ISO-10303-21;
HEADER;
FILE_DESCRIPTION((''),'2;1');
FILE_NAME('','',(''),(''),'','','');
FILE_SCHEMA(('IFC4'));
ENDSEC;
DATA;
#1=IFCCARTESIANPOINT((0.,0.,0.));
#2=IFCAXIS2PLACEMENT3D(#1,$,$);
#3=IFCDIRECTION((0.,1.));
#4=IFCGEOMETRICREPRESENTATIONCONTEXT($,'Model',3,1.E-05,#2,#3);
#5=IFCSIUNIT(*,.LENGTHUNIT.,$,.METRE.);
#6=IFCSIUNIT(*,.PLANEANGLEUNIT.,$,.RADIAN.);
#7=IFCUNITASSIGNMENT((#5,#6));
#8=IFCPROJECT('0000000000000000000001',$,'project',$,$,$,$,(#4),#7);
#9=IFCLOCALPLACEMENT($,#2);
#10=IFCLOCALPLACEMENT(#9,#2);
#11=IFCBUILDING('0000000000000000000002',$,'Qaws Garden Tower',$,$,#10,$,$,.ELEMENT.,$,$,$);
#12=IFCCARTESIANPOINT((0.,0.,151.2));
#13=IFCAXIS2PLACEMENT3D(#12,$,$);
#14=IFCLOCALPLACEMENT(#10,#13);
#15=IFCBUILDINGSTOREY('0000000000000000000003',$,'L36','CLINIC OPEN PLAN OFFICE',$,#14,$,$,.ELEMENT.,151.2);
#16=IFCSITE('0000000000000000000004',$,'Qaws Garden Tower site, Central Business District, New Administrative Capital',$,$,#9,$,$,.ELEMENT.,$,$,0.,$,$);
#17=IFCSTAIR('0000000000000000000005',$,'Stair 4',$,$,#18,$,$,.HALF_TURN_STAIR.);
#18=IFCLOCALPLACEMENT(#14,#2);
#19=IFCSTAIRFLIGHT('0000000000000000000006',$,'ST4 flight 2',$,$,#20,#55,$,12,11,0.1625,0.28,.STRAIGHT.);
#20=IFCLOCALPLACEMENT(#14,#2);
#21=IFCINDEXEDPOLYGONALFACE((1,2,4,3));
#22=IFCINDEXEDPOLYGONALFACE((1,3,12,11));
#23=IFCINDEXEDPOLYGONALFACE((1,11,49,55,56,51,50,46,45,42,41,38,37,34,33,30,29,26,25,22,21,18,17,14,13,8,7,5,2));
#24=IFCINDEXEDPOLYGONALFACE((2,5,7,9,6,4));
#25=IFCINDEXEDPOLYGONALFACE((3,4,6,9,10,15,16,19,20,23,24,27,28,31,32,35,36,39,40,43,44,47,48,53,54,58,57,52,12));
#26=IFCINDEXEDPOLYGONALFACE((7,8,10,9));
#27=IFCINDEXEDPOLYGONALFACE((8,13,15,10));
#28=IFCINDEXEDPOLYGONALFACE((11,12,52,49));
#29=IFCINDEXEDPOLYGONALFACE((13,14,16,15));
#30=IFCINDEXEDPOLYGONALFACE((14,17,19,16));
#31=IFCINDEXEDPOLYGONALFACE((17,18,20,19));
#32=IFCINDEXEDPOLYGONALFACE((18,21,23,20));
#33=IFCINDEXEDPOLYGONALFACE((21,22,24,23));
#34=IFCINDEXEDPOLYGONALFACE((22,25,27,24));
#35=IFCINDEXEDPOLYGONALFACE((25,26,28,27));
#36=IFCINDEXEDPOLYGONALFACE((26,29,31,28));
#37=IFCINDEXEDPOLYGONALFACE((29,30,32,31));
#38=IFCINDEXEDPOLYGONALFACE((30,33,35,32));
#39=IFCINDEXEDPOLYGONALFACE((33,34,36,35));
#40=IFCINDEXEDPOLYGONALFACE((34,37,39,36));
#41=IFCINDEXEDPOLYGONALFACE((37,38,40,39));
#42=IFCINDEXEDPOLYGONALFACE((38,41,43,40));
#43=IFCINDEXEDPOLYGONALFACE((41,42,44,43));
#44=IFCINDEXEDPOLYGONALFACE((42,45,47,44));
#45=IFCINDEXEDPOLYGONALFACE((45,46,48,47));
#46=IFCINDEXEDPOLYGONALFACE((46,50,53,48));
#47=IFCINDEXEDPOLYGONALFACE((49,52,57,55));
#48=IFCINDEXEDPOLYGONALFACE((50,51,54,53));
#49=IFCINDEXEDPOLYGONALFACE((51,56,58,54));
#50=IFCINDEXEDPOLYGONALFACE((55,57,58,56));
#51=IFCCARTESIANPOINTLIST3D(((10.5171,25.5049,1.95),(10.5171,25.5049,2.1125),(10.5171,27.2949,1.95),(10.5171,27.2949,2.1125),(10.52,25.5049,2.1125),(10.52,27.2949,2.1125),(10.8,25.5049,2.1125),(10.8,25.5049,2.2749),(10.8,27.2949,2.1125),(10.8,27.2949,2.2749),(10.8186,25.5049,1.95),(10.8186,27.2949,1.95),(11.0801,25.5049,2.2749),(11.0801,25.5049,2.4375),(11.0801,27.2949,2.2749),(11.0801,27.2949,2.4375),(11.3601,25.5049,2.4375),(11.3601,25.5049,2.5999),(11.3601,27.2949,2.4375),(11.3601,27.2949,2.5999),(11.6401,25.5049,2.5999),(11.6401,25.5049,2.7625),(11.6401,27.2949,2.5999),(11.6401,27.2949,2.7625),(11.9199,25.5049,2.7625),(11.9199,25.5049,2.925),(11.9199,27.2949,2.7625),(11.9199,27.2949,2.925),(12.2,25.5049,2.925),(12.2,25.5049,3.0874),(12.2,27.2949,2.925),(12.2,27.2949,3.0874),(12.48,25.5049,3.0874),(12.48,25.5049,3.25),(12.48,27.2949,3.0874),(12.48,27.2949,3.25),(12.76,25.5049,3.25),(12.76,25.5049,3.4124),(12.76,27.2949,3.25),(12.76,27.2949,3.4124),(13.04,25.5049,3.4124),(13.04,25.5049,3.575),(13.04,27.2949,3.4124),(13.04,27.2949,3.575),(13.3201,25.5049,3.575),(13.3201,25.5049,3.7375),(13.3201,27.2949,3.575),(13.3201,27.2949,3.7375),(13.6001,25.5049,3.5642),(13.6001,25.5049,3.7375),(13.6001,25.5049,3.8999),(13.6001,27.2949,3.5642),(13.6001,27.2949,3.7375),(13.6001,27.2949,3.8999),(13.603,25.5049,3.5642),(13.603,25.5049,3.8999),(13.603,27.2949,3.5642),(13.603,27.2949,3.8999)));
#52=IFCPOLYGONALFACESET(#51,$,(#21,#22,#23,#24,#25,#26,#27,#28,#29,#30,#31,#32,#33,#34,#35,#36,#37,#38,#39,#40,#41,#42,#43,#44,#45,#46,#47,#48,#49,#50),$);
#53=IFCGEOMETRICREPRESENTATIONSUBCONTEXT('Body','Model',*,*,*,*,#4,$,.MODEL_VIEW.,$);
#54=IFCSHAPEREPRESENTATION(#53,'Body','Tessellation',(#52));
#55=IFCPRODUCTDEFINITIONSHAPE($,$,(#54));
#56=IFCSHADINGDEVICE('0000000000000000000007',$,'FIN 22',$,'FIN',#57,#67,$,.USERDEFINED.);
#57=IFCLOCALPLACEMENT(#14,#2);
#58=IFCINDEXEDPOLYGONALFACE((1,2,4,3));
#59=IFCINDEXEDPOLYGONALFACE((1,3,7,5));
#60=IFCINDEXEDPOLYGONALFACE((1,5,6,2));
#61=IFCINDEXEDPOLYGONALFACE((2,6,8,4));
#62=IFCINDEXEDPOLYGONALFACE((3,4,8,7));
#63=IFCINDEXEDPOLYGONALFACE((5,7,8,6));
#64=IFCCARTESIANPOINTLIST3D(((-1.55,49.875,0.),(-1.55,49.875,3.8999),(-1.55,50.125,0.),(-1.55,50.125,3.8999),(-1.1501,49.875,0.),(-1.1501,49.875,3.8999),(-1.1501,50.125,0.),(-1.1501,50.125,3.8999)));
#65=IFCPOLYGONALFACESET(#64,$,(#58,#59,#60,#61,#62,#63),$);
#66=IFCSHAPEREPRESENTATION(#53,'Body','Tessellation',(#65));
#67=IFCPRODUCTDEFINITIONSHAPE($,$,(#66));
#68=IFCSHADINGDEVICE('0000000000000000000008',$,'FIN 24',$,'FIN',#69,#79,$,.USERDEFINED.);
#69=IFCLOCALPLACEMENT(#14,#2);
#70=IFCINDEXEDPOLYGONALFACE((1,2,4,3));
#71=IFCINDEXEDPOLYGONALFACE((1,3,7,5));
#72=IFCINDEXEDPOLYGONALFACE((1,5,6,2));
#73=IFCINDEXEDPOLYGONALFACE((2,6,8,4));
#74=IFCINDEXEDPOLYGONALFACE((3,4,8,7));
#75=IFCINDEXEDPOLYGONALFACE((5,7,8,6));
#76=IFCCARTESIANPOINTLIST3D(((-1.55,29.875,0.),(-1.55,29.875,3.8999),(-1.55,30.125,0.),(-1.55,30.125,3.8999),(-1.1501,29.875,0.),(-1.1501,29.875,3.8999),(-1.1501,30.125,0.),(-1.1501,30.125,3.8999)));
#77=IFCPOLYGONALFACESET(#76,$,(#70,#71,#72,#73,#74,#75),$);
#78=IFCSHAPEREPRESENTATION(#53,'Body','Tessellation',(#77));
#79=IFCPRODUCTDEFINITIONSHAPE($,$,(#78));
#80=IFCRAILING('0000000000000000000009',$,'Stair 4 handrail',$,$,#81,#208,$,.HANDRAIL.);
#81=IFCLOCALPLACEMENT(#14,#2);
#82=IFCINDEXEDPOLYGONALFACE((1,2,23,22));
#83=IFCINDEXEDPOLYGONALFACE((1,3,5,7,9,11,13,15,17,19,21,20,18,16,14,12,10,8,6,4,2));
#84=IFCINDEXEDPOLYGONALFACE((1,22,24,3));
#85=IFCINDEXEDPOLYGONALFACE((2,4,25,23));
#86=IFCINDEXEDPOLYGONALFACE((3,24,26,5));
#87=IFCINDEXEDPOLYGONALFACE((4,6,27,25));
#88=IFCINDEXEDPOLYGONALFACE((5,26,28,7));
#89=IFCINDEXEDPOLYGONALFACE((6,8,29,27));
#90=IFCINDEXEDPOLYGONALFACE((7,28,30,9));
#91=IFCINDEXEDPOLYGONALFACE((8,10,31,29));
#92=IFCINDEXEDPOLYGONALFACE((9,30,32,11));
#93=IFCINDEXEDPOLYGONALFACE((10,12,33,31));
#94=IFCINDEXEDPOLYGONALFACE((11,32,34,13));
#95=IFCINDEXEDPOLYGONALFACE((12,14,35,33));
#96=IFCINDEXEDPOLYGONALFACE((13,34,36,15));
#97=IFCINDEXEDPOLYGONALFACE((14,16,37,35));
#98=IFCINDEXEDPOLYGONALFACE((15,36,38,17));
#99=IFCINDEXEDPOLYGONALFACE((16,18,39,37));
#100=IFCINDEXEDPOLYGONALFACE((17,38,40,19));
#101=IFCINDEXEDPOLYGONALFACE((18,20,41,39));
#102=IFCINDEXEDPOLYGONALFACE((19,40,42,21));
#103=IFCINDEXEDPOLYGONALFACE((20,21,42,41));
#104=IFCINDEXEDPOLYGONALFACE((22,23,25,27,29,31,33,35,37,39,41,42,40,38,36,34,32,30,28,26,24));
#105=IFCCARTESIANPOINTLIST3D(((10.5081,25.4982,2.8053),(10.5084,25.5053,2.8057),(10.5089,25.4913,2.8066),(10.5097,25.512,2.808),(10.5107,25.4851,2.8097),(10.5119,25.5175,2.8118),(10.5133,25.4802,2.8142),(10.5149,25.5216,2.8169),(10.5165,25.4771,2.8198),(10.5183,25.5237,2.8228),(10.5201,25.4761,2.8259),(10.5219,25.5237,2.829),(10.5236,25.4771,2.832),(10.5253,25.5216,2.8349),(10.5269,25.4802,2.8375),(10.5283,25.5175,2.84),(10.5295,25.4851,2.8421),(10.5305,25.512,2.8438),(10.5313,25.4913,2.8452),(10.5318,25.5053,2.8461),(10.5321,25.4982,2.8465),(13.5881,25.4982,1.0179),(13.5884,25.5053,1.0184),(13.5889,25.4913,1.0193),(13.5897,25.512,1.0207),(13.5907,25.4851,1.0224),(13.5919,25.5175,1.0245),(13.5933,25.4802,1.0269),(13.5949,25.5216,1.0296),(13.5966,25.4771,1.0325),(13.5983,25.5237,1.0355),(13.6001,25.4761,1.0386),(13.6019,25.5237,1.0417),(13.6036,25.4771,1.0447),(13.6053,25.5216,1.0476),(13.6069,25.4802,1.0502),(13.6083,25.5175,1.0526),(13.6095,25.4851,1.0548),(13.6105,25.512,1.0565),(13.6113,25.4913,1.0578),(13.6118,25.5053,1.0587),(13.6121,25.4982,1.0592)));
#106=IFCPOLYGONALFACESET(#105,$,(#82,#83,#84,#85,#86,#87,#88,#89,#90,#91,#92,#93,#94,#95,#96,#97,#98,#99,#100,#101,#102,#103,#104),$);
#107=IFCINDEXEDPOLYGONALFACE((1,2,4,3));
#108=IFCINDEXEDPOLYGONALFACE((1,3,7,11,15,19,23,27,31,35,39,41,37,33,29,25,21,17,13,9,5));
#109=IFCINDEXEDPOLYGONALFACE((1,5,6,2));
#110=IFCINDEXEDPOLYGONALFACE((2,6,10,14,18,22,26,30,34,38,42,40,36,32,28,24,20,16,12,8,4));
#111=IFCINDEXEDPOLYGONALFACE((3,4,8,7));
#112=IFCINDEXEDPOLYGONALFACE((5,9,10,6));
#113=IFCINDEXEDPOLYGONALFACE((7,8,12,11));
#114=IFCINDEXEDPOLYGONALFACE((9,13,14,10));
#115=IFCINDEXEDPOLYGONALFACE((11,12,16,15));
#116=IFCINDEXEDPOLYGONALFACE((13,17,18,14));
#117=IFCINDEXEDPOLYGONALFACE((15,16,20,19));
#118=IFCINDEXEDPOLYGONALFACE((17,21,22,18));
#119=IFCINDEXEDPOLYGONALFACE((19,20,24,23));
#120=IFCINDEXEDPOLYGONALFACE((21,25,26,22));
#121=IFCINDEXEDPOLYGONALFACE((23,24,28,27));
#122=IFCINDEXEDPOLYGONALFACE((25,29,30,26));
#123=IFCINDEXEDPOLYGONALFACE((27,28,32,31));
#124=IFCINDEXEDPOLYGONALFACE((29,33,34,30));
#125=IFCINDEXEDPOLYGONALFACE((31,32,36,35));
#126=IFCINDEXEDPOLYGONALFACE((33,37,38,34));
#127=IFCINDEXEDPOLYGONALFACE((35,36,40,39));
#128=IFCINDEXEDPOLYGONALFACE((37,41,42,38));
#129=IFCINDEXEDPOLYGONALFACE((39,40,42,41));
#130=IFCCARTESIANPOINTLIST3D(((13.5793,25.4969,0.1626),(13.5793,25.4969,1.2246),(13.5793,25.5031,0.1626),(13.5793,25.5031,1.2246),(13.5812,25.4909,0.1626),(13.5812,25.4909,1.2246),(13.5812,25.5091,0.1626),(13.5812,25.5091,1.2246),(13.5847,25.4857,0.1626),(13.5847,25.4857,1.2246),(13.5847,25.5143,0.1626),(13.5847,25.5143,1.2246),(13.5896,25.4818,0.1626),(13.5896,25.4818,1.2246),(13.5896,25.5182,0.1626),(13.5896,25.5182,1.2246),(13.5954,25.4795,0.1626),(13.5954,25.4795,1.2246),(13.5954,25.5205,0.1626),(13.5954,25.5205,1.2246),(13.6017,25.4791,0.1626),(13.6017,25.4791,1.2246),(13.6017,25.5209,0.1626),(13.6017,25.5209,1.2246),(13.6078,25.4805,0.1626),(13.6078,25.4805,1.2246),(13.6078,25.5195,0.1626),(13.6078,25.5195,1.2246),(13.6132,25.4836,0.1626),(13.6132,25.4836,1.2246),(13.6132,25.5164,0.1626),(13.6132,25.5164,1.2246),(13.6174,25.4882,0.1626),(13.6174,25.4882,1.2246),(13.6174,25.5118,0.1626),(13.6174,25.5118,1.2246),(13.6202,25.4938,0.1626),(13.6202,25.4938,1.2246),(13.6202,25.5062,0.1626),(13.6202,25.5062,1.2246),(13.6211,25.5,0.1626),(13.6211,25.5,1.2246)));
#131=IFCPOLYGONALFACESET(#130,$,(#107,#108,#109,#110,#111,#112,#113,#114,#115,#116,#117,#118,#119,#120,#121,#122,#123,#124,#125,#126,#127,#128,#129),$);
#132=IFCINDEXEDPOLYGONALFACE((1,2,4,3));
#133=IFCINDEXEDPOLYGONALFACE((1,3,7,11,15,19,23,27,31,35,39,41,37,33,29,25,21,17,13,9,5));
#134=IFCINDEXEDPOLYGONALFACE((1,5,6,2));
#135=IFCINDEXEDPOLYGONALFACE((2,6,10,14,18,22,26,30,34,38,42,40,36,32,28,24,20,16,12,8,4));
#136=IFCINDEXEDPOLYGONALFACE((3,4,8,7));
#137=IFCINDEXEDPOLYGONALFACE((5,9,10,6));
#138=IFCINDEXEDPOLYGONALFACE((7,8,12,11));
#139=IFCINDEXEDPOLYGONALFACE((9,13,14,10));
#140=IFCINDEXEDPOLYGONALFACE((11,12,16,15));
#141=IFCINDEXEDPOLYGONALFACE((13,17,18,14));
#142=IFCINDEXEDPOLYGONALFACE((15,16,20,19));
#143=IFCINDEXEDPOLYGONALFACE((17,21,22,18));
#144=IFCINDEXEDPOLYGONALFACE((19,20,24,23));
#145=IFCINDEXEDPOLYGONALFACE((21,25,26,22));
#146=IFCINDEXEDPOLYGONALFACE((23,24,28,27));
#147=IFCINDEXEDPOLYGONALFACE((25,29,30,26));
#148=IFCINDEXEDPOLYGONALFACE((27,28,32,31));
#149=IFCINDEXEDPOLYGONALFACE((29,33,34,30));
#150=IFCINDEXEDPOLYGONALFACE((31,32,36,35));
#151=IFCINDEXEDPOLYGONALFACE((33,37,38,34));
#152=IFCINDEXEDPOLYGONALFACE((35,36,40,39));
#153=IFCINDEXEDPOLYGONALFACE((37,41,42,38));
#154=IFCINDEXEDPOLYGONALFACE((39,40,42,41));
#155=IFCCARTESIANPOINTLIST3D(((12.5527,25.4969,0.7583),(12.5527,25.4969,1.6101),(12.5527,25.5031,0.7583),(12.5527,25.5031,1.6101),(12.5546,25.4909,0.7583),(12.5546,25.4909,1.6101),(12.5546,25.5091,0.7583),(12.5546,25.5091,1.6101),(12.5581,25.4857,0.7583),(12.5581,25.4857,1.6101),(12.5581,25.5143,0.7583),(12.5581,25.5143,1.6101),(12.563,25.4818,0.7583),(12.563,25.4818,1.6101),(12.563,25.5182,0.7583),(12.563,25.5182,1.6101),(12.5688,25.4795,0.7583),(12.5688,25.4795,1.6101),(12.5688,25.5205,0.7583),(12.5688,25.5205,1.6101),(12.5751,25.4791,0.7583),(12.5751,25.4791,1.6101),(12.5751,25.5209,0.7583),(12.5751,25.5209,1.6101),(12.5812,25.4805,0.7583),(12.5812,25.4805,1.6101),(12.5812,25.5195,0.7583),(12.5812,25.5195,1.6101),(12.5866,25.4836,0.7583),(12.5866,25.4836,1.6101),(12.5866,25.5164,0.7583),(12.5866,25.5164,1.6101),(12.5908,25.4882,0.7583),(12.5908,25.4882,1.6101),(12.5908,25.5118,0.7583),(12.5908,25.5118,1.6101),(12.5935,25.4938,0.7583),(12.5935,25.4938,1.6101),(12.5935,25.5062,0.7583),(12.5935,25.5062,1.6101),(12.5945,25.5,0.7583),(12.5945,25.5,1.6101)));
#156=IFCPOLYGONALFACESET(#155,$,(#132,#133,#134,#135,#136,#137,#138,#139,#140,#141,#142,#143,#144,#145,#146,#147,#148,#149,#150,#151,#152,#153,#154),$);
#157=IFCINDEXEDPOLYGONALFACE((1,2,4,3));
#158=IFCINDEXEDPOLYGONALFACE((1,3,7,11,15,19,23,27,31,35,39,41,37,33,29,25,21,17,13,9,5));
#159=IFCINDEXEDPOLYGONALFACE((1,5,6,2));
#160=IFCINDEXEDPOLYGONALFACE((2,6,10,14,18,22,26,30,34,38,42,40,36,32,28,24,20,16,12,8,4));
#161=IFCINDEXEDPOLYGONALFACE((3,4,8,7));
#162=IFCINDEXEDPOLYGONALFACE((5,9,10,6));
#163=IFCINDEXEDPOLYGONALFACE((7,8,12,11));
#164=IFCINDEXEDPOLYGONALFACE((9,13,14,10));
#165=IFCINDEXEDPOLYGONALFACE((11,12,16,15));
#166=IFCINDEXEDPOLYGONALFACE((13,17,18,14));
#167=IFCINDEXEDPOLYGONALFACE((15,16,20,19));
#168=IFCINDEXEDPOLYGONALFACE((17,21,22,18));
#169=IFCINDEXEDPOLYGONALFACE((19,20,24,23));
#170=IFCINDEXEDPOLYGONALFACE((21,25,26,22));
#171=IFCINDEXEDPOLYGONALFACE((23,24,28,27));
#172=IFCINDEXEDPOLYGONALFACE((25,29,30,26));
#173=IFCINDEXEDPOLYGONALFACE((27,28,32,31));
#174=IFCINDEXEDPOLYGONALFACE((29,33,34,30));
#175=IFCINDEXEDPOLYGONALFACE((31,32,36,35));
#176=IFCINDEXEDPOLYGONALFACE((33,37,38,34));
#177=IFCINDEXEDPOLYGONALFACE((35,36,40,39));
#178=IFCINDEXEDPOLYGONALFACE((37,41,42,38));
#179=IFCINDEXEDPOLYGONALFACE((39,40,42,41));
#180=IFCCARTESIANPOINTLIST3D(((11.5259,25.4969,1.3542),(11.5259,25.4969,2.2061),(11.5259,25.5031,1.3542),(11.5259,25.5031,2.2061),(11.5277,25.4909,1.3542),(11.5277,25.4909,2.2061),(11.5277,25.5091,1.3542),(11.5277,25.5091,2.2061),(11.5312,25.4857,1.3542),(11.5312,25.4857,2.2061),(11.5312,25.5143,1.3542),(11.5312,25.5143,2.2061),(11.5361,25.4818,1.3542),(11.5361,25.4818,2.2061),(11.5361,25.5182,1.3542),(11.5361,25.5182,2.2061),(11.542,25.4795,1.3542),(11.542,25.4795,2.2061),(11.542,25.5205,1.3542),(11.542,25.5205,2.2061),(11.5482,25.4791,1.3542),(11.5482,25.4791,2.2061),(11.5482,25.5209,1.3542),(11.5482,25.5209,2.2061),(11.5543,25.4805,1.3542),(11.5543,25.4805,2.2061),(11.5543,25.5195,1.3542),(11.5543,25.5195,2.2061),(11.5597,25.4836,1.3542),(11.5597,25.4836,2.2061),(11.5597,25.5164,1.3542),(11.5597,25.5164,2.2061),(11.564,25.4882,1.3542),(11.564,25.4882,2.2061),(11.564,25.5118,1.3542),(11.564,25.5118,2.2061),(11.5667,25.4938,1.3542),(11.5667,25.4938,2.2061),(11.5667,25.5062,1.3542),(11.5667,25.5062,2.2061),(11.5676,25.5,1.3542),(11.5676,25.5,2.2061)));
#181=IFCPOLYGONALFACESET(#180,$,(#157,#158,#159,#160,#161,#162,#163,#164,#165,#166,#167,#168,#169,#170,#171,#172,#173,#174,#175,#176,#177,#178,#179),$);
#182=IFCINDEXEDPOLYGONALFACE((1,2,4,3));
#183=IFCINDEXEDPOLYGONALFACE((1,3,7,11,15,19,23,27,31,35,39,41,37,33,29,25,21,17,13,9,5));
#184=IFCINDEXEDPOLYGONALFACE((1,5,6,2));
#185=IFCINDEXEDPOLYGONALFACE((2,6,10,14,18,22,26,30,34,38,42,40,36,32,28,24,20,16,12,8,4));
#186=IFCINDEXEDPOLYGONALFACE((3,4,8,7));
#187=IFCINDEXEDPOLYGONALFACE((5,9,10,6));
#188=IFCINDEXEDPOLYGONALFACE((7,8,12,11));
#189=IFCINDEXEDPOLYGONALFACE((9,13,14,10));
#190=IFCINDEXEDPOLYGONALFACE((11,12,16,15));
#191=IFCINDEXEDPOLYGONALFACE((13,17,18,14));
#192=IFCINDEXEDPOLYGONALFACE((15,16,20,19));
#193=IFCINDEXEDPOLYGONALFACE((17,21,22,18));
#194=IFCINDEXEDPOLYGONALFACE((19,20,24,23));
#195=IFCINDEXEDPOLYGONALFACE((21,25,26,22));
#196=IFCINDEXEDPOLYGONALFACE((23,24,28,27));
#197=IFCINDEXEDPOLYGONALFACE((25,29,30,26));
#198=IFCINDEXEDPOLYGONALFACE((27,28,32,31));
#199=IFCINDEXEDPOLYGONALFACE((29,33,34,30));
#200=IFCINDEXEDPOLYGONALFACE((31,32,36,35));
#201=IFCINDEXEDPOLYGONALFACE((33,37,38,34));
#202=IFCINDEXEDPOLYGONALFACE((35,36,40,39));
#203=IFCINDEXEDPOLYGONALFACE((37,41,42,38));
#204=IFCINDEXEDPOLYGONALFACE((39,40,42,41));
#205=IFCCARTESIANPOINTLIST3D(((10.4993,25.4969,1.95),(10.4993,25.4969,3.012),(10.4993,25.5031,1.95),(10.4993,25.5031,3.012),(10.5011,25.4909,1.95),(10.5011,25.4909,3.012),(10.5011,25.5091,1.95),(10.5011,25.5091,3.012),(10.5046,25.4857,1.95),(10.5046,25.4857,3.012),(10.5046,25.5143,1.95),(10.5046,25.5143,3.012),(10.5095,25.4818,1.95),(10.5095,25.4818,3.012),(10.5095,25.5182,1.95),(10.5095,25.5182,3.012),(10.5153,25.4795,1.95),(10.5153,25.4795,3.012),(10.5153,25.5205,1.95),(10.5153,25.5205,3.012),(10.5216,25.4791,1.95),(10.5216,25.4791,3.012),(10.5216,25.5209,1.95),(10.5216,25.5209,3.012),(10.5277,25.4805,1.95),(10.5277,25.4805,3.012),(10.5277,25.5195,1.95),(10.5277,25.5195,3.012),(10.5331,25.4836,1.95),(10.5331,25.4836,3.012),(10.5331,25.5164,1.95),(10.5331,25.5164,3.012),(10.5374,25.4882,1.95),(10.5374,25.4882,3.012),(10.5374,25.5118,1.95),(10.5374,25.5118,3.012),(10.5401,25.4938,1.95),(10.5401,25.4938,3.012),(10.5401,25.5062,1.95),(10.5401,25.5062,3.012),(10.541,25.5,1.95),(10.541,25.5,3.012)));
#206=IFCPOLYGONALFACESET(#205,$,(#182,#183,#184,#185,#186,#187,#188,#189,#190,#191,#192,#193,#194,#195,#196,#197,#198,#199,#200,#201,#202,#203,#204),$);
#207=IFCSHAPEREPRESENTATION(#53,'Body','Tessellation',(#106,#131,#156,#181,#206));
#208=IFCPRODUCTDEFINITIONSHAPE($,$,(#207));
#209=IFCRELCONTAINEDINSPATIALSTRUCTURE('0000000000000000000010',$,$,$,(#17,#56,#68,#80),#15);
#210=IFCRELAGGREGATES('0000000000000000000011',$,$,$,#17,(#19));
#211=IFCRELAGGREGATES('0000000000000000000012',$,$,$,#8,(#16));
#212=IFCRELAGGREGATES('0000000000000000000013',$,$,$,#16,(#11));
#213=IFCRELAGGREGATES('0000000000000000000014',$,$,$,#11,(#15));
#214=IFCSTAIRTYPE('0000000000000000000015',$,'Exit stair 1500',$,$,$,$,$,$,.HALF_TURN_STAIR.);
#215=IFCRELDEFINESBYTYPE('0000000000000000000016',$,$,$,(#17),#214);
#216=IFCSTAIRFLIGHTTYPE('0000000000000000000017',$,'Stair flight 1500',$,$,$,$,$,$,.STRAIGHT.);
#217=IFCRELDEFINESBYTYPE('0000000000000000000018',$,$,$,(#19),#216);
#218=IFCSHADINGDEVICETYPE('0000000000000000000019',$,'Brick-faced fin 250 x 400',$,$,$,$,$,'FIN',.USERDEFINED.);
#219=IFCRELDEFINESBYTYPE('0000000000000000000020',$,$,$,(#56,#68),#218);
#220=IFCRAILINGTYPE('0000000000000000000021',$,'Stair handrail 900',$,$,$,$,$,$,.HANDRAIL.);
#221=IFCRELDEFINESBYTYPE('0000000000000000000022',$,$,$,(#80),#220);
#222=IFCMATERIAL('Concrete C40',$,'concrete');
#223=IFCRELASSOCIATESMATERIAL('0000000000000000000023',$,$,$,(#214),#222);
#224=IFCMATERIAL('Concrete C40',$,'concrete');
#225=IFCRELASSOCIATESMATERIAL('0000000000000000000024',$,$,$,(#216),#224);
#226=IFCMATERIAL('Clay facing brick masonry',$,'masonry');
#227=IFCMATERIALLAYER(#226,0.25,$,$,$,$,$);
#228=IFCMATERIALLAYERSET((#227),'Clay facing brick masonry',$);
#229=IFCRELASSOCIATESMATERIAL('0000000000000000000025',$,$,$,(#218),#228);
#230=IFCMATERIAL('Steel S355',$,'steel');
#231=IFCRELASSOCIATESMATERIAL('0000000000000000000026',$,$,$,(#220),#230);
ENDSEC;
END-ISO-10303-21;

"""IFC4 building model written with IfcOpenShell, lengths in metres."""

from ifc_helpers import new_model, si_unit, direction, frame, origin, origin_2d, place, context, subcontext, project, spatial, polyline, rectangle, circle, outline, extrude, material, layer, layer_set, type_object, element, aggregate, save


model = new_model("IFC4")

# Units and contexts
model_context = context("Model", 3, precision=1e-05, world=origin(), true_north=direction((0.0, 1.0)))
body_context = subcontext(model_context, "Body", "Model", "MODEL_VIEW")
ifc_project = project(units=[si_unit("LENGTHUNIT", "METRE"), si_unit("PLANEANGLEUNIT", "RADIAN")], contexts=[model_context])

# Site, building, storey
site_placement = place(None, origin())
site = spatial("IfcSite", under=ifc_project, at=site_placement, Name="Qaws Garden Tower site, Central Business District, New Administrative Capital", CompositionType="ELEMENT", RefElevation=0.0)
building_placement = place(site_placement, origin())
building = spatial("IfcBuilding", under=site, at=building_placement, Name="Qaws Garden Tower", CompositionType="ELEMENT")
storey_placement = place(building_placement, frame((0.0, 0.0, 151.2)))
storey = spatial("IfcBuildingStorey", under=building, at=storey_placement, Name="L36", Description="CLINIC OPEN PLAN OFFICE", CompositionType="ELEMENT", Elevation=151.2)

# Stair, stair flight
ifc_material_1 = material(Name="Concrete C40", Category="concrete")
stair_type = type_object("IfcStairType", Name="Exit stair 1500", PredefinedType="HALF_TURN_STAIR", material=ifc_material_1)
stair_placement = place(storey_placement, origin())
stair = element("IfcStair", 1, at=stair_placement, inside=storey, type_object=stair_type, Name="Stair 4", PredefinedType="HALF_TURN_STAIR")
ifc_material_2 = material(Name="Concrete C40", Category="concrete")
stair_flight_type = type_object("IfcStairFlightType", Name="Stair flight 1500", PredefinedType="STRAIGHT", material=ifc_material_2)
stair_flight_placement = place(storey_placement, frame((10.52, 26.3999, 1.95), z_axis=(0.0, 0.0, 1.0), x_axis=(1.0, 0.0, 0.0)))
stair_flight = element("IfcStairFlight", 2, at=stair_flight_placement, type_object=stair_flight_type, Name="ST4 flight 2", NumberOfRisers=12, NumberOfTreads=11, PredefinedType="STRAIGHT", RiserHeight=0.1625, TreadLength=0.28, context=body_context, shape_type="SweptSolid", body=[
    extrude(outline(polyline([(-0.0029, 0.0), (-0.0029, 0.1626), (0.0, 0.1626), (0.28, 0.1626), (0.28, 0.325), (0.5601, 0.325), (0.5601, 0.4875), (0.8401, 0.4875), (0.8401, 0.6499), (1.1201, 0.6499), (1.1201, 0.8125), (1.3999, 0.8125), (1.3999, 0.9751), (1.6799, 0.9751), (1.6799, 1.1375), (1.96, 1.1375), (1.96, 1.3), (2.24, 1.3), (2.24, 1.4624), (2.52, 1.4624), (2.52, 1.625), (2.8, 1.625), (2.8, 1.7876), (3.0801, 1.7876), (3.0801, 1.95), (3.083, 1.95), (3.083, 1.6143), (3.0801, 1.6143), (0.2986, 0.0), (-0.0029, 0.0)])), frame((0.0, 0.895, 0.0), z_axis=(0.0, -1.0, 0.0), x_axis=(1.0, 0.0, 0.0)), (0.0, 0.0, 1.0), 1.79),
])
aggregate(stair, [stair_flight])

# Shading devices
ifc_material_3 = material(Name="Clay facing brick masonry", Category="masonry")
ifc_layer_1 = layer(ifc_material_3, 0.25)
ifc_layer_set_1 = layer_set([ifc_layer_1], Name="Clay facing brick masonry")
shading_device_type = type_object("IfcShadingDeviceType", Name="Brick-faced fin 250 x 400", ElementType="FIN", PredefinedType="USERDEFINED", material=ifc_layer_set_1)
for number, where, z_axis, x_axis, name in (
    (3, (-1.3501, 50.0, 0.0), (0.0, 0.0, 1.0), (0.0, -1.0, 0.0), "FIN 22"),
    (4, (-1.3501, 30.0, 0.0), (0.0, 0.0, 1.0), (0.0, -1.0, 0.0), "FIN 24"),
):
    element("IfcShadingDevice", number, at=place(storey_placement, frame(where, z_axis=z_axis, x_axis=x_axis)), inside=storey, type_object=shading_device_type, Name=name, ObjectType="FIN", PredefinedType="USERDEFINED", context=body_context, shape_type="SweptSolid", body=[
        extrude(rectangle(XDim=0.25, YDim=0.3999, at=origin_2d()), origin(), (0.0, 0.0, 1.0), 3.8999),
    ])

# Railing
ifc_material_4 = material(Name="Steel S355", Category="steel")
railing_type = type_object("IfcRailingType", Name="Stair handrail 900", PredefinedType="HANDRAIL", material=ifc_material_4)
railing_1_placement = place(storey_placement, frame((13.6001, 25.5, 0.1626)))
element("IfcRailing", 5, at=railing_1_placement, inside=storey, type_object=railing_type, Name="Stair 4 handrail", PredefinedType="HANDRAIL", context=body_context, shape_type="SweptSolid", body=[
    extrude(circle(Radius=0.0239, at=origin_2d()), frame((0.0, 0.0, 0.876), z_axis=(-0.86492, 0.0, 0.501909), x_axis=(0.0, -1.0, 0.0)), (0.0, 0.0, 1.0), 3.561),
    extrude(circle(Radius=0.021, at=origin_2d()), origin(), (0.0, 0.0, 1.0), 1.062),
    extrude(circle(Radius=0.021, at=origin_2d()), frame((-1.0266, 0.0, 0.5957)), (0.0, 0.0, 1.0), 0.8518),
    extrude(circle(Radius=0.021, at=origin_2d()), frame((-2.0535, 0.0, 1.1917)), (0.0, 0.0, 1.0), 0.8518),
    extrude(circle(Radius=0.021, at=origin_2d()), frame((-3.0801, 0.0, 1.7874)), (0.0, 0.0, 1.0), 1.062),
])

save(model, "model.ifc")
